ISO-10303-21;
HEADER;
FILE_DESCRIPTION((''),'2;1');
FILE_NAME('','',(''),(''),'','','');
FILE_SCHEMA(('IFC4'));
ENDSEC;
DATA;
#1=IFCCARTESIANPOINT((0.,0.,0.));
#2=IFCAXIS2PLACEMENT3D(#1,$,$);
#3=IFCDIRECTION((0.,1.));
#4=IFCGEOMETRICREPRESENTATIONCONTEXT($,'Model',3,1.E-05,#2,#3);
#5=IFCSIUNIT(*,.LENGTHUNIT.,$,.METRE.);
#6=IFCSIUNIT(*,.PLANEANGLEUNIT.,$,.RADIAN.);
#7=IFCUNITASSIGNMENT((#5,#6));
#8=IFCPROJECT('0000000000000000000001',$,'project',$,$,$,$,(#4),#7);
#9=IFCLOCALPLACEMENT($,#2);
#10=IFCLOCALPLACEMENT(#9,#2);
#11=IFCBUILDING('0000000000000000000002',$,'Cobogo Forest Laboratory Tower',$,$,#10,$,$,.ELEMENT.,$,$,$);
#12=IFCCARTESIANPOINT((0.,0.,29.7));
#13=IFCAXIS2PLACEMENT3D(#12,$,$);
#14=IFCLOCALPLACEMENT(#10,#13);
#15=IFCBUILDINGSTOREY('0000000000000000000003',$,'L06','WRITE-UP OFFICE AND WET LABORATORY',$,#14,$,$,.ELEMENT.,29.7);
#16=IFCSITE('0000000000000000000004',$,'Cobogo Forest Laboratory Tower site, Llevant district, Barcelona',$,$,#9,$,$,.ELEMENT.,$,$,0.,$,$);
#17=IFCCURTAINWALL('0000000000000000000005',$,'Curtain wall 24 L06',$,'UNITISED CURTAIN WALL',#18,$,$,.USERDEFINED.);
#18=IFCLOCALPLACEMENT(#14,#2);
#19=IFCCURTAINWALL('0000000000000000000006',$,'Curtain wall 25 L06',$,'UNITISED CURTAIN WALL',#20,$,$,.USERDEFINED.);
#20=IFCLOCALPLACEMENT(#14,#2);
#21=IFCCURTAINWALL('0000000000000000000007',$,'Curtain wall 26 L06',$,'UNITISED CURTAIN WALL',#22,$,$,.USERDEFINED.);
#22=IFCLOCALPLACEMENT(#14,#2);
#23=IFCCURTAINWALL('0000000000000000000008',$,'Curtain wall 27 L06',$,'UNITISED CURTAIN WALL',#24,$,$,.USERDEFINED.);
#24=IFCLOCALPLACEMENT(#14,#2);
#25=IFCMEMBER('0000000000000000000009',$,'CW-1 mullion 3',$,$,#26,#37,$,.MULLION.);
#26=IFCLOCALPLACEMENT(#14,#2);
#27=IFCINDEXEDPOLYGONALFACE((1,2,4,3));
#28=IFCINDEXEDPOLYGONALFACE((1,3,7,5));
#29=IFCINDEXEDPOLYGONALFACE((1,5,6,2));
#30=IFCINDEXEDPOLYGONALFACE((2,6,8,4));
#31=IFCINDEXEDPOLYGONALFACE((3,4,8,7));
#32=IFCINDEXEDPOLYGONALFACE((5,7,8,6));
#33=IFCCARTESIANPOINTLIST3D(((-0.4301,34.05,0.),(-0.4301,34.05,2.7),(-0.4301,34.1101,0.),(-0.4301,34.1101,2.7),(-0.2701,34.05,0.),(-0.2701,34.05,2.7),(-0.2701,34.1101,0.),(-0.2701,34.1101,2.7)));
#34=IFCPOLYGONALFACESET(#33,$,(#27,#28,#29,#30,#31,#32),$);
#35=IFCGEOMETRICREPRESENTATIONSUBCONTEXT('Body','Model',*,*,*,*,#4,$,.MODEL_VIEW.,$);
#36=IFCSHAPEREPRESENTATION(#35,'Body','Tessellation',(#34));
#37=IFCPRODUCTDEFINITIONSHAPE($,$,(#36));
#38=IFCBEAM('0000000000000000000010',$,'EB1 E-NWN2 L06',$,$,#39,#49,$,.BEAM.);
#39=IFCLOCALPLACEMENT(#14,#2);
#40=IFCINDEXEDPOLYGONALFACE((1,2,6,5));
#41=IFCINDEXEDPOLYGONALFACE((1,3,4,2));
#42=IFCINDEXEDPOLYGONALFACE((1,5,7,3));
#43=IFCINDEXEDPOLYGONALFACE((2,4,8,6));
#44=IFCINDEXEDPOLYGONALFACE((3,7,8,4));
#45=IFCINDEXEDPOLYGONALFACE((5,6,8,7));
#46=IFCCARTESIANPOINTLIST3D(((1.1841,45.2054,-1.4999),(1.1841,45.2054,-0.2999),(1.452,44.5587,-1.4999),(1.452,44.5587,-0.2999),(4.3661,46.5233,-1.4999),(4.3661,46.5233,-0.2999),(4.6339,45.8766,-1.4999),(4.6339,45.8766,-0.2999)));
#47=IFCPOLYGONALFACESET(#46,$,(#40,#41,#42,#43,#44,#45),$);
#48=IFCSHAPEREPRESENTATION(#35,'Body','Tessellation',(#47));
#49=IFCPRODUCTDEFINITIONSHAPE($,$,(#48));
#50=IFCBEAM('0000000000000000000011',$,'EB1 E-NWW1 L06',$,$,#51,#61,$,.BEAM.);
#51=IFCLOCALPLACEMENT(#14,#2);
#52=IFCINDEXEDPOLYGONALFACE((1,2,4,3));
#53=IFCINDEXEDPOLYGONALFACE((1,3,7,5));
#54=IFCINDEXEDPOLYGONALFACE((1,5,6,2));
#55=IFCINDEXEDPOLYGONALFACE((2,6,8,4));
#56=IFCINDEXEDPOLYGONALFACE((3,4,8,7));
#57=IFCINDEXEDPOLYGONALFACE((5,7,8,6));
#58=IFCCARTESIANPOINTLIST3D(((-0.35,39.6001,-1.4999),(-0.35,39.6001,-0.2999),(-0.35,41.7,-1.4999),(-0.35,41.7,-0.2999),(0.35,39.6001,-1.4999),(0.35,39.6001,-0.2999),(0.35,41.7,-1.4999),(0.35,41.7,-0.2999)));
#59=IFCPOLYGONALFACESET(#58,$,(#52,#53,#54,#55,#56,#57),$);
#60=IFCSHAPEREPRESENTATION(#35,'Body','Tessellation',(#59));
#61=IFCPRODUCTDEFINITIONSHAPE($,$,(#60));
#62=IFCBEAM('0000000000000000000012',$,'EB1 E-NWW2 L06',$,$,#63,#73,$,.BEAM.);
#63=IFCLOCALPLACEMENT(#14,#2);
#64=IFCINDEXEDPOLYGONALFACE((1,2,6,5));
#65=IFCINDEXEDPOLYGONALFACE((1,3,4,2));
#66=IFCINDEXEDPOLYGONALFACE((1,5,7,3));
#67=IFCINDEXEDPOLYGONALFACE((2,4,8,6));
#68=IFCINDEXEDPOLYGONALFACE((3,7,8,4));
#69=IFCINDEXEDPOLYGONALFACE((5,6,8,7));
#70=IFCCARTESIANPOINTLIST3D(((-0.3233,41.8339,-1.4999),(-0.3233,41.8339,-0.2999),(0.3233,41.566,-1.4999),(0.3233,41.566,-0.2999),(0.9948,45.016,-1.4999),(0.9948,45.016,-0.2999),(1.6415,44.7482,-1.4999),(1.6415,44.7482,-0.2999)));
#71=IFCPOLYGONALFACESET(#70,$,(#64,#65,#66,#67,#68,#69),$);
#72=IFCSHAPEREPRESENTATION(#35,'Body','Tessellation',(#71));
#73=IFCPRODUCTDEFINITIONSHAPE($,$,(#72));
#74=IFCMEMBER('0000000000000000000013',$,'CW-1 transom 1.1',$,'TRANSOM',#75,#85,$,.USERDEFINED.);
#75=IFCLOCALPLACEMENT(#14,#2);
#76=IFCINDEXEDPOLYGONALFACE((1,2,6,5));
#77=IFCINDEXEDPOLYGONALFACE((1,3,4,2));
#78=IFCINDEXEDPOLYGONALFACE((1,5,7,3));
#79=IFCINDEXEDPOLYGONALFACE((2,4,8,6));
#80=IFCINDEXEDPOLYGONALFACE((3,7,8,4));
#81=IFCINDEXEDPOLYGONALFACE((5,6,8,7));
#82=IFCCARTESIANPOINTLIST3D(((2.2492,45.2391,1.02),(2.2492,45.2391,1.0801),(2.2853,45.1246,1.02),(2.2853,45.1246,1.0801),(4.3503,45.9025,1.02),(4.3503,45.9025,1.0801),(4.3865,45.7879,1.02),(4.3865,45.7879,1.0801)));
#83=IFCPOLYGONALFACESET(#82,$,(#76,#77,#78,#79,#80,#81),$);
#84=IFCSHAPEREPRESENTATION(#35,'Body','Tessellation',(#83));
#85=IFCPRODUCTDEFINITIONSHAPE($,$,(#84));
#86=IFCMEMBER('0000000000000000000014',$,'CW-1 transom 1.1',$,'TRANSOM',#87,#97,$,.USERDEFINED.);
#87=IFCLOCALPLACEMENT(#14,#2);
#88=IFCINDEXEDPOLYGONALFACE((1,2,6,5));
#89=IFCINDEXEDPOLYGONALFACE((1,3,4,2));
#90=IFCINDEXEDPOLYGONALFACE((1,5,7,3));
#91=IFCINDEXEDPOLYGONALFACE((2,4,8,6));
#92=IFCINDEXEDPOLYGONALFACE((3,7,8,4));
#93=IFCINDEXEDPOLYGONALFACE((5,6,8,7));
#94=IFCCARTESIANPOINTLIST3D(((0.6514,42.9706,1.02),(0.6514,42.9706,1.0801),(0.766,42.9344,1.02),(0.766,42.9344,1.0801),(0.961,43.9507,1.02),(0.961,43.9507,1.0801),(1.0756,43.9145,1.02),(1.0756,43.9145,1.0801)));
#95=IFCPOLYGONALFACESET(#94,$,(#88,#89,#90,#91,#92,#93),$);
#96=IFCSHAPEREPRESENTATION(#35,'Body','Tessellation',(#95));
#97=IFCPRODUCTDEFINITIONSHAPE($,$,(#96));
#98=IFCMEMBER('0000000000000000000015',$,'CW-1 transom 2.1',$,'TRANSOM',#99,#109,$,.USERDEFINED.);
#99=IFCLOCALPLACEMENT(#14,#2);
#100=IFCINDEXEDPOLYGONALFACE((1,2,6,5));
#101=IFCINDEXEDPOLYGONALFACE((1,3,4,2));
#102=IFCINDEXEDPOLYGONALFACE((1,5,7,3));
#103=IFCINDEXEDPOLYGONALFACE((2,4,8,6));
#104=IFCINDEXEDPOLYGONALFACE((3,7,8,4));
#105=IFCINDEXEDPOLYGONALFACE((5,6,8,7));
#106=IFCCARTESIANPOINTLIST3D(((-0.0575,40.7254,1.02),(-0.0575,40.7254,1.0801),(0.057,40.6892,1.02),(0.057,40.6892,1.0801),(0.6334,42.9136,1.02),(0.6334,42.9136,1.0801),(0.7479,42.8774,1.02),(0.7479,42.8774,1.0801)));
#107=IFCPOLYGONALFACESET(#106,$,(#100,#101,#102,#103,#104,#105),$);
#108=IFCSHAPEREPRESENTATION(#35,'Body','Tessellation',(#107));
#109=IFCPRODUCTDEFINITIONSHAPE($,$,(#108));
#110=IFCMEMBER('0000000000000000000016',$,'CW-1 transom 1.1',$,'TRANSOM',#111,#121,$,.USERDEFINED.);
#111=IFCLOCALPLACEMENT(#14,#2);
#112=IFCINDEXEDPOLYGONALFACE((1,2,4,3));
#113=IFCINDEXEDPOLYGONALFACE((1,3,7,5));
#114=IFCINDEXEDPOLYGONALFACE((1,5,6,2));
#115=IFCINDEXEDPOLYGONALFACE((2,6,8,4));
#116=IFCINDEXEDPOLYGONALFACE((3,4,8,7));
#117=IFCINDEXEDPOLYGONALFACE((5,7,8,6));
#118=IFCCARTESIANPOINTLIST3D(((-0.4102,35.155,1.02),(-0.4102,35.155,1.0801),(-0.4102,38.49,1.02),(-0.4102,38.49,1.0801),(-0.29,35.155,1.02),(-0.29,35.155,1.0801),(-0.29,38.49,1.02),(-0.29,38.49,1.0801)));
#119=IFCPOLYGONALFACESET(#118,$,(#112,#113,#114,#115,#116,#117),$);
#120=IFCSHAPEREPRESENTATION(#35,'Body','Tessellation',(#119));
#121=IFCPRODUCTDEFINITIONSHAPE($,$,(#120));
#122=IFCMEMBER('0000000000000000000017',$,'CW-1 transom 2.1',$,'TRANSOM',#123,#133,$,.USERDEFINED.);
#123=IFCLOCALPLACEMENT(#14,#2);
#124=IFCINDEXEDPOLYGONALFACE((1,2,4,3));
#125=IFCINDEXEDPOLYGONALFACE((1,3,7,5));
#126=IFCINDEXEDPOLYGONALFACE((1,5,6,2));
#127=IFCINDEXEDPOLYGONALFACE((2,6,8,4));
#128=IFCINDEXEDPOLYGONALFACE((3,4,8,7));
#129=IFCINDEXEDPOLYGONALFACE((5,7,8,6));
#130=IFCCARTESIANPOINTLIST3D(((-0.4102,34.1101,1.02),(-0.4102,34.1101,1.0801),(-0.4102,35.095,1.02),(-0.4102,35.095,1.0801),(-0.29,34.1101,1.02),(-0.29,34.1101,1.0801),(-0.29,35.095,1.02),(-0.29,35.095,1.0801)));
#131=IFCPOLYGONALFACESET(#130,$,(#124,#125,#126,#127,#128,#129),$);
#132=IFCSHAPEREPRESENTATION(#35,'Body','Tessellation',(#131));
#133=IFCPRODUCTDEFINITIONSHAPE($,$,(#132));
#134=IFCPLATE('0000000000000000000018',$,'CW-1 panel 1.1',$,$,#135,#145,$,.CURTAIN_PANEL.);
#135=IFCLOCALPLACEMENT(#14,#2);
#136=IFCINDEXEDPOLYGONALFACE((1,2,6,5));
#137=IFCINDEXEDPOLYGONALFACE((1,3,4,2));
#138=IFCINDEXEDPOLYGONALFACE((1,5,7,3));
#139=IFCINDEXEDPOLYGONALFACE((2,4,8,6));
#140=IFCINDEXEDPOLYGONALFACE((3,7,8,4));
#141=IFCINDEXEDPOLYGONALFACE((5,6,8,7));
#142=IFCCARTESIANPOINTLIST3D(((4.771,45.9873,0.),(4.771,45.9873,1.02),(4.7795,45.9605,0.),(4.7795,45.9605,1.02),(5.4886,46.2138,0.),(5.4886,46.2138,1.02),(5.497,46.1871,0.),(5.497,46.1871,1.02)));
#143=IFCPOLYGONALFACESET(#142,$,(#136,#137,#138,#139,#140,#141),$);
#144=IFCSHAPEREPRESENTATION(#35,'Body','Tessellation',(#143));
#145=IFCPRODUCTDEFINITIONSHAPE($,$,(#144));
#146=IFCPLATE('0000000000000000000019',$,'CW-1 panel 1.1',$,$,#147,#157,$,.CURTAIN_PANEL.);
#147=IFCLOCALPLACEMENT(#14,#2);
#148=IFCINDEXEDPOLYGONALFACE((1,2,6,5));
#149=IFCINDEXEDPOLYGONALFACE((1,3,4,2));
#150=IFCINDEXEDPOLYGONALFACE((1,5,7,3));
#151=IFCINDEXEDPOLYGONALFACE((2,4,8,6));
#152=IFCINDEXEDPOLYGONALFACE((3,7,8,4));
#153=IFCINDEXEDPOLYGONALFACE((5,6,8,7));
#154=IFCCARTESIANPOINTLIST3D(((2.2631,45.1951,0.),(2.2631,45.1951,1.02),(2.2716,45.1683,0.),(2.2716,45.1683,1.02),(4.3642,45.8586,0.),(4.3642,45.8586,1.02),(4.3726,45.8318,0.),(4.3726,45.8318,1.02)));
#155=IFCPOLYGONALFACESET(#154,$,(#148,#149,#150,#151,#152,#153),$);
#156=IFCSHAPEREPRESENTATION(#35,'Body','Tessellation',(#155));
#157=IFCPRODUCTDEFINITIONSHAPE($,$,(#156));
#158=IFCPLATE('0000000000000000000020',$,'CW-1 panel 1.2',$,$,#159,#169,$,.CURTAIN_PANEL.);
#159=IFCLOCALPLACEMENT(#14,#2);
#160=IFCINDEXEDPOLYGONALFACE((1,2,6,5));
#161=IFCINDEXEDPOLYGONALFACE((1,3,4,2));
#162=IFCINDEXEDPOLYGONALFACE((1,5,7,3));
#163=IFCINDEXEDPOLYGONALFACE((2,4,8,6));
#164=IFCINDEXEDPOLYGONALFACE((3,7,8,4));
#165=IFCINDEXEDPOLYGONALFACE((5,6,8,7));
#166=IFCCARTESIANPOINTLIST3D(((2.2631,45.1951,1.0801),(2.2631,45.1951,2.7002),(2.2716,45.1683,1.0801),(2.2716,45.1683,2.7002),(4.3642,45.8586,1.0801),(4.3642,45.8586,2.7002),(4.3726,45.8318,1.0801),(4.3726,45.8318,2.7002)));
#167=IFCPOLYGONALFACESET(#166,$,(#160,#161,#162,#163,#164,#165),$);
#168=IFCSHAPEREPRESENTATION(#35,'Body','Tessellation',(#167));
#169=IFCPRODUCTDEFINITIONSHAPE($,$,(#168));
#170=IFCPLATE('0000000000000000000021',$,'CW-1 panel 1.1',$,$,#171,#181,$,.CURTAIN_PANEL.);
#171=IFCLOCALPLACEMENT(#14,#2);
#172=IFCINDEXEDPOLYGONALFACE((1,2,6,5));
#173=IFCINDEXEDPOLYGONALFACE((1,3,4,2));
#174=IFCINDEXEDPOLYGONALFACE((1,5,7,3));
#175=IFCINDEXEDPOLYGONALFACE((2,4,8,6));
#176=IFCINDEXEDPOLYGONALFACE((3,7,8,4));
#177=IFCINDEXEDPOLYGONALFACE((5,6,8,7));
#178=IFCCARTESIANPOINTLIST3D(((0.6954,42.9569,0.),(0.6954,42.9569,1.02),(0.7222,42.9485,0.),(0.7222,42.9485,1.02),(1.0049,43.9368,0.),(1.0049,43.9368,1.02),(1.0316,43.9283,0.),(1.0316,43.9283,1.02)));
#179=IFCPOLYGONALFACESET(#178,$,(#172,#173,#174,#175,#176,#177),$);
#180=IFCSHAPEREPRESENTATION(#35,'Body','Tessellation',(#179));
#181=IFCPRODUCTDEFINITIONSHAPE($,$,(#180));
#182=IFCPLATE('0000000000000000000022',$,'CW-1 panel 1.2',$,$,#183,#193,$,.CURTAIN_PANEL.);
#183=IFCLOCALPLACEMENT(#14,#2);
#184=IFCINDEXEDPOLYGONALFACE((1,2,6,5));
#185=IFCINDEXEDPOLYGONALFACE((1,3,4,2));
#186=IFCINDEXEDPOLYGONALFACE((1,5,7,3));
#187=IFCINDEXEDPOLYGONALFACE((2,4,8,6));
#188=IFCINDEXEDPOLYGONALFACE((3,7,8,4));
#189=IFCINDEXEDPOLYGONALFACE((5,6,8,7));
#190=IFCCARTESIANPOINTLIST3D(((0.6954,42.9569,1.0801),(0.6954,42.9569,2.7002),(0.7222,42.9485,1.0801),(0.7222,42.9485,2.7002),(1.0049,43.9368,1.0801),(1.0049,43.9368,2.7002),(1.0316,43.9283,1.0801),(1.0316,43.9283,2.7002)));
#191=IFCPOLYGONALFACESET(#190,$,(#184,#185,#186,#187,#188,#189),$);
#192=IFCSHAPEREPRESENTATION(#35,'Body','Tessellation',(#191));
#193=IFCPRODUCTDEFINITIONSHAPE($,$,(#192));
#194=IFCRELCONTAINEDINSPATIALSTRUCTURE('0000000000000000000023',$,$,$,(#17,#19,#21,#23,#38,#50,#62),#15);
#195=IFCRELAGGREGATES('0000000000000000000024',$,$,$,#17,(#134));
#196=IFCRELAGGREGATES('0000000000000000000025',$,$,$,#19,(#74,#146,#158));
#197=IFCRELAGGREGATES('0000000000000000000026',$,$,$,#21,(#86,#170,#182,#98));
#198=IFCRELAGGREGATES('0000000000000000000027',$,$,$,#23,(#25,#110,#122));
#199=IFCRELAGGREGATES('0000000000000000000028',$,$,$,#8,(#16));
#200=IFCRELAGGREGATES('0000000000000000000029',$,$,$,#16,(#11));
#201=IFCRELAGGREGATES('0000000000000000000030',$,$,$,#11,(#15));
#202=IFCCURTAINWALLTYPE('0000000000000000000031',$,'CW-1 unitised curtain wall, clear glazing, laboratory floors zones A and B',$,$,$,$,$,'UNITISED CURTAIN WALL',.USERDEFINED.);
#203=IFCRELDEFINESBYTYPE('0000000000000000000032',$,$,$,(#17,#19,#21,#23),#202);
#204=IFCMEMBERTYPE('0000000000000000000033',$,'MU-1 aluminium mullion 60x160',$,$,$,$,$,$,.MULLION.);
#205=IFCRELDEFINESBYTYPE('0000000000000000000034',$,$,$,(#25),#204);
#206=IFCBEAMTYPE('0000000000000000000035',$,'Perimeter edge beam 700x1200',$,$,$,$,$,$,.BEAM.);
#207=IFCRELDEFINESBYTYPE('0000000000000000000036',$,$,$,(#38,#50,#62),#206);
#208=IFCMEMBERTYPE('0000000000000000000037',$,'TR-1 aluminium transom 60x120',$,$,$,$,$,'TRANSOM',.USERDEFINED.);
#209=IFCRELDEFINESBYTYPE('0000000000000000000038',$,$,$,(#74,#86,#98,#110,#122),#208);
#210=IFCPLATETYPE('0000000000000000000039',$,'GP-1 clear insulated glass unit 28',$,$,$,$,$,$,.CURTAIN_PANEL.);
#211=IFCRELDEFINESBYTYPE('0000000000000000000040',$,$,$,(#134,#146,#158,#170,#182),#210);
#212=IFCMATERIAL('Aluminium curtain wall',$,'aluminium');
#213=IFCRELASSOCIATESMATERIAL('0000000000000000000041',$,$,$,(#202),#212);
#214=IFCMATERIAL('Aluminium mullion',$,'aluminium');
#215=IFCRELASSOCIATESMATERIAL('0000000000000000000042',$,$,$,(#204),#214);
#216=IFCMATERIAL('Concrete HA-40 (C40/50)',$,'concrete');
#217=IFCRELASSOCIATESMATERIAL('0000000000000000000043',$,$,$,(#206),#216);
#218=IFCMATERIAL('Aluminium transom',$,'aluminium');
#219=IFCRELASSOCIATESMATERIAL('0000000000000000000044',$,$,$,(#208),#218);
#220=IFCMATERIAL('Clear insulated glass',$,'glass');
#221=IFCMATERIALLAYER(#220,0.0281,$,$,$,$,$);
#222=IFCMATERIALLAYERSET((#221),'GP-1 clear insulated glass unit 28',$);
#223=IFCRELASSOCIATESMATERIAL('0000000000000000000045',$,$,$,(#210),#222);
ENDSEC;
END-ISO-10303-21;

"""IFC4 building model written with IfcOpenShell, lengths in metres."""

from ifc_helpers import new_model, si_unit, direction, frame, origin, origin_2d, place, context, subcontext, project, spatial, rectangle, extrude, material, layer, layer_set, material_profile, profile_set, type_object, element, aggregate, save


model = new_model("IFC4")

# Units and contexts
model_context = context("Model", 3, precision=1e-05, world=origin(), true_north=direction((0.0, 1.0)))
body_context = subcontext(model_context, "Body", "Model", "MODEL_VIEW")
ifc_project = project(units=[si_unit("LENGTHUNIT", "METRE"), si_unit("PLANEANGLEUNIT", "RADIAN")], contexts=[model_context])

# Site, building, storey
site_placement = place(None, origin())
site = spatial("IfcSite", under=ifc_project, at=site_placement, Name="Cobogo Forest Laboratory Tower site, Llevant district, Barcelona", CompositionType="ELEMENT", RefElevation=0.0)
building_placement = place(site_placement, origin())
building = spatial("IfcBuilding", under=site, at=building_placement, Name="Cobogo Forest Laboratory Tower", CompositionType="ELEMENT")
storey_placement = place(building_placement, frame((0.0, 0.0, 29.7)))
storey = spatial("IfcBuildingStorey", under=building, at=storey_placement, Name="L06", Description="WRITE-UP OFFICE AND WET LABORATORY", CompositionType="ELEMENT", Elevation=29.7)

# Shared definitions
ifc_material_1 = material(Name="Concrete HA-40 (C40/50)", Category="concrete")

# Curtain wall
ifc_material_2 = material(Name="Aluminium curtain wall", Category="aluminium")
curtain_wall_type = type_object("IfcCurtainWallType", Name="CW-1 unitised curtain wall, clear glazing, laboratory floors zones A and B", ElementType="UNITISED CURTAIN WALL", PredefinedType="USERDEFINED", material=ifc_material_2)
curtain_wall_1_placement = place(storey_placement, origin())
curtain_wall_1 = element("IfcCurtainWall", 1, at=curtain_wall_1_placement, inside=storey, type_object=curtain_wall_type, Name="Curtain wall 24 L06", ObjectType="UNITISED CURTAIN WALL", PredefinedType="USERDEFINED")
ifc_material_3 = material(Name="Aluminium mullion", Category="aluminium")
ifc_material_profile_1 = material_profile(ifc_material_3, rectangle(XDim=0.0601, YDim=0.1599, at=origin_2d()), Name="AL 60x160")
ifc_profile_set_1 = profile_set([ifc_material_profile_1], Name="Aluminium mullion")
member_type_1 = type_object("IfcMemberType", Name="MU-1 aluminium mullion 60x160", PredefinedType="MULLION", material=ifc_profile_set_1)

# Curtain walls, member
curtain_wall_2_placement = place(storey_placement, origin())
curtain_wall_2 = element("IfcCurtainWall", 2, at=curtain_wall_2_placement, inside=storey, type_object=curtain_wall_type, Name="Curtain wall 25 L06", ObjectType="UNITISED CURTAIN WALL", PredefinedType="USERDEFINED")
curtain_wall_3_placement = place(storey_placement, origin())
curtain_wall_3 = element("IfcCurtainWall", 3, at=curtain_wall_3_placement, inside=storey, type_object=curtain_wall_type, Name="Curtain wall 26 L06", ObjectType="UNITISED CURTAIN WALL", PredefinedType="USERDEFINED")
curtain_wall_4_placement = place(storey_placement, origin())
curtain_wall_4 = element("IfcCurtainWall", 4, at=curtain_wall_4_placement, inside=storey, type_object=curtain_wall_type, Name="Curtain wall 27 L06", ObjectType="UNITISED CURTAIN WALL", PredefinedType="USERDEFINED")
member_1_placement = place(storey_placement, frame((-0.3501, 34.0801, 0.0), z_axis=(0.0, 0.0, 1.0), x_axis=(0.0, -1.0, 0.0)))
member_1 = element("IfcMember", 5, at=member_1_placement, type_object=member_type_1, Name="CW-1 mullion 3", PredefinedType="MULLION", context=body_context, shape_type="SweptSolid", body=[
    extrude(rectangle(XDim=0.0601, YDim=0.1599, at=origin_2d()), origin(), (0.0, 0.0, 1.0), 2.7),
])

# Beams
ifc_material_profile_2 = material_profile(ifc_material_1, rectangle(XDim=0.7, YDim=1.2, at=origin_2d()), Name="RC 700x1200")
ifc_profile_set_2 = profile_set([ifc_material_profile_2], Name="Concrete HA-40 (C40/50)")
beam_type_1 = type_object("IfcBeamType", Name="Perimeter edge beam 700x1200", PredefinedType="BEAM", material=ifc_profile_set_2)
beam_1_placement = place(storey_placement, frame((4.5, 46.2, -0.8999), z_axis=(-0.923891, -0.382656, 0.0), x_axis=(0.382656, -0.923891, 0.0)))
element("IfcBeam", 6, at=beam_1_placement, inside=storey, type_object=beam_type_1, Name="EB1 E-NWN2 L06", PredefinedType="BEAM", context=body_context, shape_type="SweptSolid", body=[
    extrude(rectangle(XDim=0.7, YDim=1.2, at=origin_2d()), origin(), (0.0, 0.0, 1.0), 3.4441),
])
beam_2_placement = place(storey_placement, frame((0.0, 39.6001, -0.8999), z_axis=(0.0, 1.0, 0.0), x_axis=(-1.0, 0.0, 0.0)))
element("IfcBeam", 7, at=beam_2_placement, inside=storey, type_object=beam_type_1, Name="EB1 E-NWW1 L06", PredefinedType="BEAM", context=body_context, shape_type="SweptSolid", body=[
    extrude(rectangle(XDim=0.7, YDim=1.2, at=origin_2d()), origin(), (0.0, 0.0, 1.0), 2.0999),
])
beam_3_placement = place(storey_placement, frame((0.0, 41.7, -0.8999), z_axis=(0.382692, 0.923876, 0.0), x_axis=(-0.923876, 0.382692, 0.0)))
element("IfcBeam", 8, at=beam_3_placement, inside=storey, type_object=beam_type_1, Name="EB1 E-NWW2 L06", PredefinedType="BEAM", context=body_context, shape_type="SweptSolid", body=[
    extrude(rectangle(XDim=0.7, YDim=1.2, at=origin_2d()), origin(), (0.0, 0.0, 1.0), 3.4443),
])

# Members
ifc_material_4 = material(Name="Aluminium transom", Category="aluminium")
ifc_material_profile_3 = material_profile(ifc_material_4, rectangle(XDim=0.1201, YDim=0.0601, at=origin_2d()), Name="AL 60x120")
ifc_profile_set_3 = profile_set([ifc_material_profile_3], Name="Aluminium transom")
member_type_2 = type_object("IfcMemberType", Name="TR-1 aluminium transom 60x120", ElementType="TRANSOM", PredefinedType="USERDEFINED", material=ifc_profile_set_3)
member_2_placement = place(storey_placement, frame((4.3684, 45.8452, 1.05), z_axis=(-0.953604, -0.301062, 0.0), x_axis=(0.301062, -0.953604, 0.0)))
member_2 = element("IfcMember", 9, at=member_2_placement, type_object=member_type_2, Name="CW-1 transom 1.1", ObjectType="TRANSOM", PredefinedType="USERDEFINED", context=body_context, shape_type="SweptSolid", body=[
    extrude(rectangle(XDim=0.1201, YDim=0.0601, at=origin_2d()), origin(), (0.0, 0.0, 1.0), 2.2034),
])
member_3_placement = place(storey_placement, frame((1.0183, 43.9326, 1.05), z_axis=(-0.301222, -0.953554, 0.0), x_axis=(0.953554, -0.301222, 0.0)))
member_3 = element("IfcMember", 10, at=member_3_placement, type_object=member_type_2, Name="CW-1 transom 1.1", ObjectType="TRANSOM", PredefinedType="USERDEFINED", context=body_context, shape_type="SweptSolid", body=[
    extrude(rectangle(XDim=0.1201, YDim=0.0601, at=origin_2d()), origin(), (0.0, 0.0, 1.0), 1.0278),
])
member_4_placement = place(storey_placement, frame((0.6907, 42.8955, 1.05), z_axis=(-0.301091, -0.953596, 0.0), x_axis=(0.953596, -0.301091, 0.0)))
member_4 = element("IfcMember", 11, at=member_4_placement, type_object=member_type_2, Name="CW-1 transom 2.1", ObjectType="TRANSOM", PredefinedType="USERDEFINED", context=body_context, shape_type="SweptSolid", body=[
    extrude(rectangle(XDim=0.1201, YDim=0.0601, at=origin_2d()), origin(), (0.0, 0.0, 1.0), 2.2947),
])
member_5_placement = place(storey_placement, frame((-0.3501, 38.49, 1.05), z_axis=(0.0, -1.0, 0.0), x_axis=(1.0, 0.0, 0.0)))
member_5 = element("IfcMember", 12, at=member_5_placement, type_object=member_type_2, Name="CW-1 transom 1.1", ObjectType="TRANSOM", PredefinedType="USERDEFINED", context=body_context, shape_type="SweptSolid", body=[
    extrude(rectangle(XDim=0.1201, YDim=0.0601, at=origin_2d()), origin(), (0.0, 0.0, 1.0), 3.335),
])
member_6_placement = place(storey_placement, frame((-0.3501, 35.095, 1.05), z_axis=(0.0, -1.0, 0.0), x_axis=(1.0, 0.0, 0.0)))
member_6 = element("IfcMember", 13, at=member_6_placement, type_object=member_type_2, Name="CW-1 transom 2.1", ObjectType="TRANSOM", PredefinedType="USERDEFINED", context=body_context, shape_type="SweptSolid", body=[
    extrude(rectangle(XDim=0.1201, YDim=0.0601, at=origin_2d()), origin(), (0.0, 0.0, 1.0), 0.9849),
])

# Plates
ifc_material_5 = material(Name="Clear insulated glass", Category="glass")
ifc_layer_1 = layer(ifc_material_5, 0.0281)
ifc_layer_set_1 = layer_set([ifc_layer_1], Name="GP-1 clear insulated glass unit 28")
plate_type_1 = type_object("IfcPlateType", Name="GP-1 clear insulated glass unit 28", PredefinedType="CURTAIN_PANEL", material=ifc_layer_set_1)
plate_1_placement = place(storey_placement, frame((5.134, 46.0872, 0.0), z_axis=(0.0, 0.0, 1.0), x_axis=(-0.953582, -0.301135, 0.0)))
plate_1 = element("IfcPlate", 14, at=plate_1_placement, type_object=plate_type_1, Name="CW-1 panel 1.1", PredefinedType="CURTAIN_PANEL", context=body_context, shape_type="SweptSolid", body=[
    extrude(rectangle(XDim=0.7524, YDim=0.0281, at=origin_2d()), origin(), (0.0, 0.0, 1.0), 1.02),
])
aggregate(curtain_wall_1, [plate_1])
plate_2_placement = place(storey_placement, frame((3.3179, 45.5134, 0.0), z_axis=(0.0, 0.0, 1.0), x_axis=(-0.953581, -0.301135, 0.0)))
plate_2 = element("IfcPlate", 15, at=plate_2_placement, type_object=plate_type_1, Name="CW-1 panel 1.1", PredefinedType="CURTAIN_PANEL", context=body_context, shape_type="SweptSolid", body=[
    extrude(rectangle(XDim=2.2034, YDim=0.0281, at=origin_2d()), origin(), (0.0, 0.0, 1.0), 1.02),
])
plate_3_placement = place(storey_placement, frame((3.3179, 45.5134, 1.0801), z_axis=(0.0, 0.0, 1.0), x_axis=(-0.953581, -0.301135, 0.0)))
plate_3 = element("IfcPlate", 16, at=plate_3_placement, type_object=plate_type_1, Name="CW-1 panel 1.2", PredefinedType="CURTAIN_PANEL", context=body_context, shape_type="SweptSolid", body=[
    extrude(rectangle(XDim=2.2034, YDim=0.0281, at=origin_2d()), origin(), (0.0, 0.0, 1.0), 1.6201),
])
aggregate(curtain_wall_2, [member_2, plate_2, plate_3])
plate_4_placement = place(storey_placement, frame((0.8635, 43.4426, 0.0), z_axis=(0.0, 0.0, 1.0), x_axis=(-0.301135, -0.953581, 0.0)))
plate_4 = element("IfcPlate", 17, at=plate_4_placement, type_object=plate_type_1, Name="CW-1 panel 1.1", PredefinedType="CURTAIN_PANEL", context=body_context, shape_type="SweptSolid", body=[
    extrude(rectangle(XDim=1.0276, YDim=0.0281, at=origin_2d()), origin(), (0.0, 0.0, 1.0), 1.02),
])
plate_5_placement = place(storey_placement, frame((0.8635, 43.4426, 1.0801), z_axis=(0.0, 0.0, 1.0), x_axis=(-0.301135, -0.953581, 0.0)))
plate_5 = element("IfcPlate", 18, at=plate_5_placement, type_object=plate_type_1, Name="CW-1 panel 1.2", PredefinedType="CURTAIN_PANEL", context=body_context, shape_type="SweptSolid", body=[
    extrude(rectangle(XDim=1.0276, YDim=0.0281, at=origin_2d()), origin(), (0.0, 0.0, 1.0), 1.6201),
])
aggregate(curtain_wall_3, [member_3, plate_4, plate_5, member_4])
aggregate(curtain_wall_4, [member_1, member_5, member_6])

save(model, "model.ifc")
